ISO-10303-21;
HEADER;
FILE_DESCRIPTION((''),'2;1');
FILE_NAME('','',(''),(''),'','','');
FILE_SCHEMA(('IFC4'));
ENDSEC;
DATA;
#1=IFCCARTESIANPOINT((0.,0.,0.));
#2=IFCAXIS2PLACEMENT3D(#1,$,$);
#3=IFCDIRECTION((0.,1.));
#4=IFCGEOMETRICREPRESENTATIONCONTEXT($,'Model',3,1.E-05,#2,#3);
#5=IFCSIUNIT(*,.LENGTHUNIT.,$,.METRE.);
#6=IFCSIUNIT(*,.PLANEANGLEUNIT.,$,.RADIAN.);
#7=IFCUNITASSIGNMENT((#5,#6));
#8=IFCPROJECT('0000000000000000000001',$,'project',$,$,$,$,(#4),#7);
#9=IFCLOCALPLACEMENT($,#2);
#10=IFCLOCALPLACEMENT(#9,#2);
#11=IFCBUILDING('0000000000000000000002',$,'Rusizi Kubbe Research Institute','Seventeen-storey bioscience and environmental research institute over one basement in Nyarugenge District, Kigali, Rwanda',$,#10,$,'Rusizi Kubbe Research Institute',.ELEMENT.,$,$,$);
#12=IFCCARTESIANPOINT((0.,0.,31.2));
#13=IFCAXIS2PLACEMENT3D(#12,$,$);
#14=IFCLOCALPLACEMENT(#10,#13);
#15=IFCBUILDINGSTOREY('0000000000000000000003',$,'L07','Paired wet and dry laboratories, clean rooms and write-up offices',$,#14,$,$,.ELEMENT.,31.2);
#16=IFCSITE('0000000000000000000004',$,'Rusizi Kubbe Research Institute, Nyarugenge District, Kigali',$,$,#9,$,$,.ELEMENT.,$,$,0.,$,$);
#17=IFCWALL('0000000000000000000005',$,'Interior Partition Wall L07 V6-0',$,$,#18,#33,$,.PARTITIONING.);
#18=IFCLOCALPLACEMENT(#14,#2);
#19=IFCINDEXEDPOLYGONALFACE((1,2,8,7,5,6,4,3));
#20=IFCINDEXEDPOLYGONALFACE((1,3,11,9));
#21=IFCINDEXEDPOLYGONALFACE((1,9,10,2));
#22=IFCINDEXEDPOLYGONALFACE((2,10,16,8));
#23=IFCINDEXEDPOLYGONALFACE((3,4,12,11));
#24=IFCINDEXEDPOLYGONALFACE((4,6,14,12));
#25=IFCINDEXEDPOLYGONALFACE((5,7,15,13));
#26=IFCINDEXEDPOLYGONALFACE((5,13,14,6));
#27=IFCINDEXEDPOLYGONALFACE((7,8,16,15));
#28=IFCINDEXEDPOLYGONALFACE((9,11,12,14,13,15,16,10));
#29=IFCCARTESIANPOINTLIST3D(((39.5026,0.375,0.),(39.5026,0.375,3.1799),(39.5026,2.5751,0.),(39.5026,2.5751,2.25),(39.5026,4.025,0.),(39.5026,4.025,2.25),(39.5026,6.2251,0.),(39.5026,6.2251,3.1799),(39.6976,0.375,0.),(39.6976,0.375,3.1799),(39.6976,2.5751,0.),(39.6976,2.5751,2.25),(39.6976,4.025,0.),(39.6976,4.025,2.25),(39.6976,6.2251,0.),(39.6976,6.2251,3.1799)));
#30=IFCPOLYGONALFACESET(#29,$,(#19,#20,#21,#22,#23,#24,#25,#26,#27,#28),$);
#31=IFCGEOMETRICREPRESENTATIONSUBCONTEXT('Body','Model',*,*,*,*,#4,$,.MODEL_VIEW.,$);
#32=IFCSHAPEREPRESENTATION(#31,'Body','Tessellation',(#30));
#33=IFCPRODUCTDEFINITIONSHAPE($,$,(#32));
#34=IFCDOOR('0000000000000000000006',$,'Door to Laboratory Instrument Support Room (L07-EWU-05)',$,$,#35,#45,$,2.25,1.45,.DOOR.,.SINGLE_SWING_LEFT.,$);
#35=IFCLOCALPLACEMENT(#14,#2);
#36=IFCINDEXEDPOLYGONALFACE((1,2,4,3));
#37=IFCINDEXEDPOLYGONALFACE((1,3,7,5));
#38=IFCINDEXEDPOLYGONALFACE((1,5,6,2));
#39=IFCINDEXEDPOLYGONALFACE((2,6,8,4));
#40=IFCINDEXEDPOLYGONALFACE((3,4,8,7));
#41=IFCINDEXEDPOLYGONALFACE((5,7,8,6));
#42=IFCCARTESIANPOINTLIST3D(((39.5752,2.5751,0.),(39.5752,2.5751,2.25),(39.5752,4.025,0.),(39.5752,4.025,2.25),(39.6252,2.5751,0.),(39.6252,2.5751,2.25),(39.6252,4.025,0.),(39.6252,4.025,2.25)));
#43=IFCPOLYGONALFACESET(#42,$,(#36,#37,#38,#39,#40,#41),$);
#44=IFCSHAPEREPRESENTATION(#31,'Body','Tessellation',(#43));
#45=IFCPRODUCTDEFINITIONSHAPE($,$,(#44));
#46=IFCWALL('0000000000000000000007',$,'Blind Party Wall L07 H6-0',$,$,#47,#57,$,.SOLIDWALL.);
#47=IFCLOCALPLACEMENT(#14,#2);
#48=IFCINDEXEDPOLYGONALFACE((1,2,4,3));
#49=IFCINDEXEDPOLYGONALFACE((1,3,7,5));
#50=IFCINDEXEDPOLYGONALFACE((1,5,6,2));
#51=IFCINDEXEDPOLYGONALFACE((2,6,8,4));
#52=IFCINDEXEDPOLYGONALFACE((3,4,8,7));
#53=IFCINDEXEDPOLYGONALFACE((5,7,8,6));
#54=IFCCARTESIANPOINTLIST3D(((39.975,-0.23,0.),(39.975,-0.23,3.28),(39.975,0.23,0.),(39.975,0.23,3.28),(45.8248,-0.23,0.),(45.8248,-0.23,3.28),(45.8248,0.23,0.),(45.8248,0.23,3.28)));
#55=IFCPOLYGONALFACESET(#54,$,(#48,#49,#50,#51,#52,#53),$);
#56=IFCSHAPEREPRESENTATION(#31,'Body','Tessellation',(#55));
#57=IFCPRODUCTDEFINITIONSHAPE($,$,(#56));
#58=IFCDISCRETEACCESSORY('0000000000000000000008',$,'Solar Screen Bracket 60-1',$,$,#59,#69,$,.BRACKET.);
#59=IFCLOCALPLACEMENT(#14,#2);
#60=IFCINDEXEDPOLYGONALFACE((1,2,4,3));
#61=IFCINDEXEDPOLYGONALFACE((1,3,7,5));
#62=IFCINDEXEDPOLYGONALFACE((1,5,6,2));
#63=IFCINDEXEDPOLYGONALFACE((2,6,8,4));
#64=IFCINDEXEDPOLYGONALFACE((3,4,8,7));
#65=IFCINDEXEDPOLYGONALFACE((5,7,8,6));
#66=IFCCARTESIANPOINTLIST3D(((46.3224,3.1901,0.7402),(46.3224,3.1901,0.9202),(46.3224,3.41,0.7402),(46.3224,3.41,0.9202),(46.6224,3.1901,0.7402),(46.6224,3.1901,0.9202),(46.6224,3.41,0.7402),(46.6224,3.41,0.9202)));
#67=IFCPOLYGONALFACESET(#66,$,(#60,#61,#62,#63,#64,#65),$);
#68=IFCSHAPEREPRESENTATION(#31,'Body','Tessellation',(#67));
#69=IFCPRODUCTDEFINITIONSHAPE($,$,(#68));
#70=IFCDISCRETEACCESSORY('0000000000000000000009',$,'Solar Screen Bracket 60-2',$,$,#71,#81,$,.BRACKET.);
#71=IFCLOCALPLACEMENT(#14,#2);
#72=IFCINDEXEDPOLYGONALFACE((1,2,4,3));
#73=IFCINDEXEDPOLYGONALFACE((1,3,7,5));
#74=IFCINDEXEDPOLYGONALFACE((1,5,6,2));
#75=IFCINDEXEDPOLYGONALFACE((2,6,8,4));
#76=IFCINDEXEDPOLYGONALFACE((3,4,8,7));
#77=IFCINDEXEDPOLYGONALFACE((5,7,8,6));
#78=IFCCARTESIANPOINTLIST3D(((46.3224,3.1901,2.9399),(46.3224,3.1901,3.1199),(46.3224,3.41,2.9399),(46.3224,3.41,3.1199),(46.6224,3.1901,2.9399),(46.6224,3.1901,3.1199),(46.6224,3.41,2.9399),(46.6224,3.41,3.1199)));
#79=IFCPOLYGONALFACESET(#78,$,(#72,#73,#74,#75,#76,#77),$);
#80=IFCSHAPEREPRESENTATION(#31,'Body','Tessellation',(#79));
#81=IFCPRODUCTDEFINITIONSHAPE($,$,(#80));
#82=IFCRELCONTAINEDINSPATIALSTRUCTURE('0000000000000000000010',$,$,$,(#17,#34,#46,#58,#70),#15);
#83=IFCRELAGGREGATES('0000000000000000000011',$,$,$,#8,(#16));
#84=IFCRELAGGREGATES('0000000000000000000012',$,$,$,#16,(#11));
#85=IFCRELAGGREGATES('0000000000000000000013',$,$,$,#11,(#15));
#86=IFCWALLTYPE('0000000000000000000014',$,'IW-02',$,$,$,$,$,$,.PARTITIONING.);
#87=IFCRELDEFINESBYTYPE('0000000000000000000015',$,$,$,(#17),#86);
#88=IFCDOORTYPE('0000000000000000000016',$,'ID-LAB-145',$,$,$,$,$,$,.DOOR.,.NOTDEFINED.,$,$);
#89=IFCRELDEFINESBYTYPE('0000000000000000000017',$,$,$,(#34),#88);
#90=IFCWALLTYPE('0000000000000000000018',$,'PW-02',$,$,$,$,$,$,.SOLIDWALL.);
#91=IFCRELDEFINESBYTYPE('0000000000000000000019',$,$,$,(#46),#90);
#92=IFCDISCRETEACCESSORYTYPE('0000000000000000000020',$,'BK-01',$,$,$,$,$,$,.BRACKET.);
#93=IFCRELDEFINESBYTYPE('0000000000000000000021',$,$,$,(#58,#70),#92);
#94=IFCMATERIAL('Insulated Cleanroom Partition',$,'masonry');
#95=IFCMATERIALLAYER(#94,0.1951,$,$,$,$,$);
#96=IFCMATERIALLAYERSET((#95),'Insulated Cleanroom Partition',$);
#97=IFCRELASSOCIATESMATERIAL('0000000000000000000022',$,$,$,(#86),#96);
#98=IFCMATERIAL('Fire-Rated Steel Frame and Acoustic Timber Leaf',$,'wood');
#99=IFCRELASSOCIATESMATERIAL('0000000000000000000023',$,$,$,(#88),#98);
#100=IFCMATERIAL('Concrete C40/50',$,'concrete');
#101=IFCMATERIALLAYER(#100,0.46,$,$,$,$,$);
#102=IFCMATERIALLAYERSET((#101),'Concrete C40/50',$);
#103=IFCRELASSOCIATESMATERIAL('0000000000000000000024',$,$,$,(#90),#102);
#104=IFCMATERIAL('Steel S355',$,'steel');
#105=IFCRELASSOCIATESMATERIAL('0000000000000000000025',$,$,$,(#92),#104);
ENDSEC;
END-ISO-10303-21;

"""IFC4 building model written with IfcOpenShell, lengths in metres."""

from ifc_helpers import new_model, si_unit, direction, frame, frame_2d, origin, origin_2d, place, context, subcontext, project, spatial, rectangle, extrude, material, layer, layer_set, type_object, element, fill, save


model = new_model("IFC4")

# Units and contexts
model_context = context("Model", 3, precision=1e-05, world=origin(), true_north=direction((0.0, 1.0)))
body_context = subcontext(model_context, "Body", "Model", "MODEL_VIEW")
ifc_project = project(units=[si_unit("LENGTHUNIT", "METRE"), si_unit("PLANEANGLEUNIT", "RADIAN")], contexts=[model_context])

# Site, building, storey
site_placement = place(None, origin())
site = spatial("IfcSite", under=ifc_project, at=site_placement, Name="Rusizi Kubbe Research Institute, Nyarugenge District, Kigali", CompositionType="ELEMENT", RefElevation=0.0)
building_placement = place(site_placement, origin())
building = spatial("IfcBuilding", under=site, at=building_placement, Name="Rusizi Kubbe Research Institute", Description="Seventeen-storey bioscience and environmental research institute over one basement in Nyarugenge District, Kigali, Rwanda", LongName="Rusizi Kubbe Research Institute", CompositionType="ELEMENT")
storey_placement = place(building_placement, frame((0.0, 0.0, 31.2)))
storey = spatial("IfcBuildingStorey", under=building, at=storey_placement, Name="L07", Description="Paired wet and dry laboratories, clean rooms and write-up offices", CompositionType="ELEMENT", Elevation=31.2)

# Wall, opening, door
ifc_material_1 = material(Name="Insulated Cleanroom Partition", Category="masonry")
ifc_layer_1 = layer(ifc_material_1, 0.1951)
ifc_layer_set_1 = layer_set([ifc_layer_1], Name="Insulated Cleanroom Partition")
wall_type_1 = type_object("IfcWallType", Name="IW-02", PredefinedType="PARTITIONING", material=ifc_layer_set_1)
wall_1_placement = place(storey_placement, frame((39.6001, 0.375, 0.0), z_axis=(0.0, 0.0, 1.0), x_axis=(0.0, 1.0, 0.0)))
wall_1 = element("IfcWall", 1, at=wall_1_placement, inside=storey, type_object=wall_type_1, Name="Interior Partition Wall L07 V6-0", PredefinedType="PARTITIONING", context=body_context, shape_type="SweptSolid", body=[
    extrude(rectangle(XDim=5.8501, YDim=0.1951, at=frame_2d((2.925, 0.0))), origin(), (0.0, 0.0, 1.0), 3.1799),
])
opening_1_placement = place(wall_1_placement, frame((2.2, 0.0, 0.0)))
opening_1 = element("IfcOpeningElement", 2, at=opening_1_placement, cuts=wall_1, PredefinedType="OPENING", context=body_context, shape_type="SweptSolid", body=[
    extrude(rectangle(XDim=1.45, YDim=2.25, at=frame_2d((0.7251, 1.125))), frame((0.0, 0.1074, 0.0), z_axis=(0.0, -1.0, 0.0), x_axis=(1.0, 0.0, 0.0)), (0.0, 0.0, 1.0), 0.2151),
])
ifc_material_2 = material(Name="Fire-Rated Steel Frame and Acoustic Timber Leaf", Category="wood")
door_type = type_object("IfcDoorType", Name="ID-LAB-145", OperationType="NOTDEFINED", PredefinedType="DOOR", material=ifc_material_2)
door_placement = place(opening_1_placement, origin())
door = element("IfcDoor", 3, at=door_placement, inside=storey, type_object=door_type, Name="Door to Laboratory Instrument Support Room (L07-EWU-05)", OperationType="SINGLE_SWING_LEFT", OverallHeight=2.25, OverallWidth=1.45, PredefinedType="DOOR", context=body_context, shape_type="SweptSolid", body=[
    extrude(rectangle(XDim=1.45, YDim=2.25, at=frame_2d((0.7251, 1.125))), frame((0.0, 0.0249, 0.0), z_axis=(0.0, -1.0, 0.0), x_axis=(1.0, 0.0, 0.0)), (0.0, 0.0, 1.0), 0.05),
])
fill(opening_1, door)

# Wall
ifc_material_3 = material(Name="Concrete C40/50", Category="concrete")
ifc_layer_2 = layer(ifc_material_3, 0.46)
ifc_layer_set_2 = layer_set([ifc_layer_2], Name="Concrete C40/50")
wall_type_2 = type_object("IfcWallType", Name="PW-02", PredefinedType="SOLIDWALL", material=ifc_layer_set_2)
wall_2_placement = place(storey_placement, frame((39.9751, 0.0, 0.0), z_axis=(0.0, 0.0, 1.0), x_axis=(1.0, 0.0, 0.0)))
element("IfcWall", 4, at=wall_2_placement, inside=storey, type_object=wall_type_2, Name="Blind Party Wall L07 H6-0", PredefinedType="SOLIDWALL", context=body_context, shape_type="SweptSolid", body=[
    extrude(rectangle(XDim=5.8499, YDim=0.46, at=frame_2d((2.9248, 0.0))), origin(), (0.0, 0.0, 1.0), 3.28),
])

# Discrete accessories
ifc_material_4 = material(Name="Steel S355", Category="steel")
discrete_accessory_type = type_object("IfcDiscreteAccessoryType", Name="BK-01", PredefinedType="BRACKET", material=ifc_material_4)
for number, where, z_axis, x_axis, name in (
    (5, (46.4724, 3.3, 0.7402), (0.0, 0.0, 1.0), (1.0, 0.0, 0.0), "Solar Screen Bracket 60-1"),
    (6, (46.4724, 3.3, 2.9399), (0.0, 0.0, 1.0), (1.0, 0.0, 0.0), "Solar Screen Bracket 60-2"),
):
    element("IfcDiscreteAccessory", number, at=place(storey_placement, frame(where, z_axis=z_axis, x_axis=x_axis)), inside=storey, type_object=discrete_accessory_type, Name=name, PredefinedType="BRACKET", context=body_context, shape_type="SweptSolid", body=[
        extrude(rectangle(XDim=0.3, YDim=0.22, at=origin_2d()), origin(), (0.0, 0.0, 1.0), 0.1799),
    ])

save(model, "model.ifc")
